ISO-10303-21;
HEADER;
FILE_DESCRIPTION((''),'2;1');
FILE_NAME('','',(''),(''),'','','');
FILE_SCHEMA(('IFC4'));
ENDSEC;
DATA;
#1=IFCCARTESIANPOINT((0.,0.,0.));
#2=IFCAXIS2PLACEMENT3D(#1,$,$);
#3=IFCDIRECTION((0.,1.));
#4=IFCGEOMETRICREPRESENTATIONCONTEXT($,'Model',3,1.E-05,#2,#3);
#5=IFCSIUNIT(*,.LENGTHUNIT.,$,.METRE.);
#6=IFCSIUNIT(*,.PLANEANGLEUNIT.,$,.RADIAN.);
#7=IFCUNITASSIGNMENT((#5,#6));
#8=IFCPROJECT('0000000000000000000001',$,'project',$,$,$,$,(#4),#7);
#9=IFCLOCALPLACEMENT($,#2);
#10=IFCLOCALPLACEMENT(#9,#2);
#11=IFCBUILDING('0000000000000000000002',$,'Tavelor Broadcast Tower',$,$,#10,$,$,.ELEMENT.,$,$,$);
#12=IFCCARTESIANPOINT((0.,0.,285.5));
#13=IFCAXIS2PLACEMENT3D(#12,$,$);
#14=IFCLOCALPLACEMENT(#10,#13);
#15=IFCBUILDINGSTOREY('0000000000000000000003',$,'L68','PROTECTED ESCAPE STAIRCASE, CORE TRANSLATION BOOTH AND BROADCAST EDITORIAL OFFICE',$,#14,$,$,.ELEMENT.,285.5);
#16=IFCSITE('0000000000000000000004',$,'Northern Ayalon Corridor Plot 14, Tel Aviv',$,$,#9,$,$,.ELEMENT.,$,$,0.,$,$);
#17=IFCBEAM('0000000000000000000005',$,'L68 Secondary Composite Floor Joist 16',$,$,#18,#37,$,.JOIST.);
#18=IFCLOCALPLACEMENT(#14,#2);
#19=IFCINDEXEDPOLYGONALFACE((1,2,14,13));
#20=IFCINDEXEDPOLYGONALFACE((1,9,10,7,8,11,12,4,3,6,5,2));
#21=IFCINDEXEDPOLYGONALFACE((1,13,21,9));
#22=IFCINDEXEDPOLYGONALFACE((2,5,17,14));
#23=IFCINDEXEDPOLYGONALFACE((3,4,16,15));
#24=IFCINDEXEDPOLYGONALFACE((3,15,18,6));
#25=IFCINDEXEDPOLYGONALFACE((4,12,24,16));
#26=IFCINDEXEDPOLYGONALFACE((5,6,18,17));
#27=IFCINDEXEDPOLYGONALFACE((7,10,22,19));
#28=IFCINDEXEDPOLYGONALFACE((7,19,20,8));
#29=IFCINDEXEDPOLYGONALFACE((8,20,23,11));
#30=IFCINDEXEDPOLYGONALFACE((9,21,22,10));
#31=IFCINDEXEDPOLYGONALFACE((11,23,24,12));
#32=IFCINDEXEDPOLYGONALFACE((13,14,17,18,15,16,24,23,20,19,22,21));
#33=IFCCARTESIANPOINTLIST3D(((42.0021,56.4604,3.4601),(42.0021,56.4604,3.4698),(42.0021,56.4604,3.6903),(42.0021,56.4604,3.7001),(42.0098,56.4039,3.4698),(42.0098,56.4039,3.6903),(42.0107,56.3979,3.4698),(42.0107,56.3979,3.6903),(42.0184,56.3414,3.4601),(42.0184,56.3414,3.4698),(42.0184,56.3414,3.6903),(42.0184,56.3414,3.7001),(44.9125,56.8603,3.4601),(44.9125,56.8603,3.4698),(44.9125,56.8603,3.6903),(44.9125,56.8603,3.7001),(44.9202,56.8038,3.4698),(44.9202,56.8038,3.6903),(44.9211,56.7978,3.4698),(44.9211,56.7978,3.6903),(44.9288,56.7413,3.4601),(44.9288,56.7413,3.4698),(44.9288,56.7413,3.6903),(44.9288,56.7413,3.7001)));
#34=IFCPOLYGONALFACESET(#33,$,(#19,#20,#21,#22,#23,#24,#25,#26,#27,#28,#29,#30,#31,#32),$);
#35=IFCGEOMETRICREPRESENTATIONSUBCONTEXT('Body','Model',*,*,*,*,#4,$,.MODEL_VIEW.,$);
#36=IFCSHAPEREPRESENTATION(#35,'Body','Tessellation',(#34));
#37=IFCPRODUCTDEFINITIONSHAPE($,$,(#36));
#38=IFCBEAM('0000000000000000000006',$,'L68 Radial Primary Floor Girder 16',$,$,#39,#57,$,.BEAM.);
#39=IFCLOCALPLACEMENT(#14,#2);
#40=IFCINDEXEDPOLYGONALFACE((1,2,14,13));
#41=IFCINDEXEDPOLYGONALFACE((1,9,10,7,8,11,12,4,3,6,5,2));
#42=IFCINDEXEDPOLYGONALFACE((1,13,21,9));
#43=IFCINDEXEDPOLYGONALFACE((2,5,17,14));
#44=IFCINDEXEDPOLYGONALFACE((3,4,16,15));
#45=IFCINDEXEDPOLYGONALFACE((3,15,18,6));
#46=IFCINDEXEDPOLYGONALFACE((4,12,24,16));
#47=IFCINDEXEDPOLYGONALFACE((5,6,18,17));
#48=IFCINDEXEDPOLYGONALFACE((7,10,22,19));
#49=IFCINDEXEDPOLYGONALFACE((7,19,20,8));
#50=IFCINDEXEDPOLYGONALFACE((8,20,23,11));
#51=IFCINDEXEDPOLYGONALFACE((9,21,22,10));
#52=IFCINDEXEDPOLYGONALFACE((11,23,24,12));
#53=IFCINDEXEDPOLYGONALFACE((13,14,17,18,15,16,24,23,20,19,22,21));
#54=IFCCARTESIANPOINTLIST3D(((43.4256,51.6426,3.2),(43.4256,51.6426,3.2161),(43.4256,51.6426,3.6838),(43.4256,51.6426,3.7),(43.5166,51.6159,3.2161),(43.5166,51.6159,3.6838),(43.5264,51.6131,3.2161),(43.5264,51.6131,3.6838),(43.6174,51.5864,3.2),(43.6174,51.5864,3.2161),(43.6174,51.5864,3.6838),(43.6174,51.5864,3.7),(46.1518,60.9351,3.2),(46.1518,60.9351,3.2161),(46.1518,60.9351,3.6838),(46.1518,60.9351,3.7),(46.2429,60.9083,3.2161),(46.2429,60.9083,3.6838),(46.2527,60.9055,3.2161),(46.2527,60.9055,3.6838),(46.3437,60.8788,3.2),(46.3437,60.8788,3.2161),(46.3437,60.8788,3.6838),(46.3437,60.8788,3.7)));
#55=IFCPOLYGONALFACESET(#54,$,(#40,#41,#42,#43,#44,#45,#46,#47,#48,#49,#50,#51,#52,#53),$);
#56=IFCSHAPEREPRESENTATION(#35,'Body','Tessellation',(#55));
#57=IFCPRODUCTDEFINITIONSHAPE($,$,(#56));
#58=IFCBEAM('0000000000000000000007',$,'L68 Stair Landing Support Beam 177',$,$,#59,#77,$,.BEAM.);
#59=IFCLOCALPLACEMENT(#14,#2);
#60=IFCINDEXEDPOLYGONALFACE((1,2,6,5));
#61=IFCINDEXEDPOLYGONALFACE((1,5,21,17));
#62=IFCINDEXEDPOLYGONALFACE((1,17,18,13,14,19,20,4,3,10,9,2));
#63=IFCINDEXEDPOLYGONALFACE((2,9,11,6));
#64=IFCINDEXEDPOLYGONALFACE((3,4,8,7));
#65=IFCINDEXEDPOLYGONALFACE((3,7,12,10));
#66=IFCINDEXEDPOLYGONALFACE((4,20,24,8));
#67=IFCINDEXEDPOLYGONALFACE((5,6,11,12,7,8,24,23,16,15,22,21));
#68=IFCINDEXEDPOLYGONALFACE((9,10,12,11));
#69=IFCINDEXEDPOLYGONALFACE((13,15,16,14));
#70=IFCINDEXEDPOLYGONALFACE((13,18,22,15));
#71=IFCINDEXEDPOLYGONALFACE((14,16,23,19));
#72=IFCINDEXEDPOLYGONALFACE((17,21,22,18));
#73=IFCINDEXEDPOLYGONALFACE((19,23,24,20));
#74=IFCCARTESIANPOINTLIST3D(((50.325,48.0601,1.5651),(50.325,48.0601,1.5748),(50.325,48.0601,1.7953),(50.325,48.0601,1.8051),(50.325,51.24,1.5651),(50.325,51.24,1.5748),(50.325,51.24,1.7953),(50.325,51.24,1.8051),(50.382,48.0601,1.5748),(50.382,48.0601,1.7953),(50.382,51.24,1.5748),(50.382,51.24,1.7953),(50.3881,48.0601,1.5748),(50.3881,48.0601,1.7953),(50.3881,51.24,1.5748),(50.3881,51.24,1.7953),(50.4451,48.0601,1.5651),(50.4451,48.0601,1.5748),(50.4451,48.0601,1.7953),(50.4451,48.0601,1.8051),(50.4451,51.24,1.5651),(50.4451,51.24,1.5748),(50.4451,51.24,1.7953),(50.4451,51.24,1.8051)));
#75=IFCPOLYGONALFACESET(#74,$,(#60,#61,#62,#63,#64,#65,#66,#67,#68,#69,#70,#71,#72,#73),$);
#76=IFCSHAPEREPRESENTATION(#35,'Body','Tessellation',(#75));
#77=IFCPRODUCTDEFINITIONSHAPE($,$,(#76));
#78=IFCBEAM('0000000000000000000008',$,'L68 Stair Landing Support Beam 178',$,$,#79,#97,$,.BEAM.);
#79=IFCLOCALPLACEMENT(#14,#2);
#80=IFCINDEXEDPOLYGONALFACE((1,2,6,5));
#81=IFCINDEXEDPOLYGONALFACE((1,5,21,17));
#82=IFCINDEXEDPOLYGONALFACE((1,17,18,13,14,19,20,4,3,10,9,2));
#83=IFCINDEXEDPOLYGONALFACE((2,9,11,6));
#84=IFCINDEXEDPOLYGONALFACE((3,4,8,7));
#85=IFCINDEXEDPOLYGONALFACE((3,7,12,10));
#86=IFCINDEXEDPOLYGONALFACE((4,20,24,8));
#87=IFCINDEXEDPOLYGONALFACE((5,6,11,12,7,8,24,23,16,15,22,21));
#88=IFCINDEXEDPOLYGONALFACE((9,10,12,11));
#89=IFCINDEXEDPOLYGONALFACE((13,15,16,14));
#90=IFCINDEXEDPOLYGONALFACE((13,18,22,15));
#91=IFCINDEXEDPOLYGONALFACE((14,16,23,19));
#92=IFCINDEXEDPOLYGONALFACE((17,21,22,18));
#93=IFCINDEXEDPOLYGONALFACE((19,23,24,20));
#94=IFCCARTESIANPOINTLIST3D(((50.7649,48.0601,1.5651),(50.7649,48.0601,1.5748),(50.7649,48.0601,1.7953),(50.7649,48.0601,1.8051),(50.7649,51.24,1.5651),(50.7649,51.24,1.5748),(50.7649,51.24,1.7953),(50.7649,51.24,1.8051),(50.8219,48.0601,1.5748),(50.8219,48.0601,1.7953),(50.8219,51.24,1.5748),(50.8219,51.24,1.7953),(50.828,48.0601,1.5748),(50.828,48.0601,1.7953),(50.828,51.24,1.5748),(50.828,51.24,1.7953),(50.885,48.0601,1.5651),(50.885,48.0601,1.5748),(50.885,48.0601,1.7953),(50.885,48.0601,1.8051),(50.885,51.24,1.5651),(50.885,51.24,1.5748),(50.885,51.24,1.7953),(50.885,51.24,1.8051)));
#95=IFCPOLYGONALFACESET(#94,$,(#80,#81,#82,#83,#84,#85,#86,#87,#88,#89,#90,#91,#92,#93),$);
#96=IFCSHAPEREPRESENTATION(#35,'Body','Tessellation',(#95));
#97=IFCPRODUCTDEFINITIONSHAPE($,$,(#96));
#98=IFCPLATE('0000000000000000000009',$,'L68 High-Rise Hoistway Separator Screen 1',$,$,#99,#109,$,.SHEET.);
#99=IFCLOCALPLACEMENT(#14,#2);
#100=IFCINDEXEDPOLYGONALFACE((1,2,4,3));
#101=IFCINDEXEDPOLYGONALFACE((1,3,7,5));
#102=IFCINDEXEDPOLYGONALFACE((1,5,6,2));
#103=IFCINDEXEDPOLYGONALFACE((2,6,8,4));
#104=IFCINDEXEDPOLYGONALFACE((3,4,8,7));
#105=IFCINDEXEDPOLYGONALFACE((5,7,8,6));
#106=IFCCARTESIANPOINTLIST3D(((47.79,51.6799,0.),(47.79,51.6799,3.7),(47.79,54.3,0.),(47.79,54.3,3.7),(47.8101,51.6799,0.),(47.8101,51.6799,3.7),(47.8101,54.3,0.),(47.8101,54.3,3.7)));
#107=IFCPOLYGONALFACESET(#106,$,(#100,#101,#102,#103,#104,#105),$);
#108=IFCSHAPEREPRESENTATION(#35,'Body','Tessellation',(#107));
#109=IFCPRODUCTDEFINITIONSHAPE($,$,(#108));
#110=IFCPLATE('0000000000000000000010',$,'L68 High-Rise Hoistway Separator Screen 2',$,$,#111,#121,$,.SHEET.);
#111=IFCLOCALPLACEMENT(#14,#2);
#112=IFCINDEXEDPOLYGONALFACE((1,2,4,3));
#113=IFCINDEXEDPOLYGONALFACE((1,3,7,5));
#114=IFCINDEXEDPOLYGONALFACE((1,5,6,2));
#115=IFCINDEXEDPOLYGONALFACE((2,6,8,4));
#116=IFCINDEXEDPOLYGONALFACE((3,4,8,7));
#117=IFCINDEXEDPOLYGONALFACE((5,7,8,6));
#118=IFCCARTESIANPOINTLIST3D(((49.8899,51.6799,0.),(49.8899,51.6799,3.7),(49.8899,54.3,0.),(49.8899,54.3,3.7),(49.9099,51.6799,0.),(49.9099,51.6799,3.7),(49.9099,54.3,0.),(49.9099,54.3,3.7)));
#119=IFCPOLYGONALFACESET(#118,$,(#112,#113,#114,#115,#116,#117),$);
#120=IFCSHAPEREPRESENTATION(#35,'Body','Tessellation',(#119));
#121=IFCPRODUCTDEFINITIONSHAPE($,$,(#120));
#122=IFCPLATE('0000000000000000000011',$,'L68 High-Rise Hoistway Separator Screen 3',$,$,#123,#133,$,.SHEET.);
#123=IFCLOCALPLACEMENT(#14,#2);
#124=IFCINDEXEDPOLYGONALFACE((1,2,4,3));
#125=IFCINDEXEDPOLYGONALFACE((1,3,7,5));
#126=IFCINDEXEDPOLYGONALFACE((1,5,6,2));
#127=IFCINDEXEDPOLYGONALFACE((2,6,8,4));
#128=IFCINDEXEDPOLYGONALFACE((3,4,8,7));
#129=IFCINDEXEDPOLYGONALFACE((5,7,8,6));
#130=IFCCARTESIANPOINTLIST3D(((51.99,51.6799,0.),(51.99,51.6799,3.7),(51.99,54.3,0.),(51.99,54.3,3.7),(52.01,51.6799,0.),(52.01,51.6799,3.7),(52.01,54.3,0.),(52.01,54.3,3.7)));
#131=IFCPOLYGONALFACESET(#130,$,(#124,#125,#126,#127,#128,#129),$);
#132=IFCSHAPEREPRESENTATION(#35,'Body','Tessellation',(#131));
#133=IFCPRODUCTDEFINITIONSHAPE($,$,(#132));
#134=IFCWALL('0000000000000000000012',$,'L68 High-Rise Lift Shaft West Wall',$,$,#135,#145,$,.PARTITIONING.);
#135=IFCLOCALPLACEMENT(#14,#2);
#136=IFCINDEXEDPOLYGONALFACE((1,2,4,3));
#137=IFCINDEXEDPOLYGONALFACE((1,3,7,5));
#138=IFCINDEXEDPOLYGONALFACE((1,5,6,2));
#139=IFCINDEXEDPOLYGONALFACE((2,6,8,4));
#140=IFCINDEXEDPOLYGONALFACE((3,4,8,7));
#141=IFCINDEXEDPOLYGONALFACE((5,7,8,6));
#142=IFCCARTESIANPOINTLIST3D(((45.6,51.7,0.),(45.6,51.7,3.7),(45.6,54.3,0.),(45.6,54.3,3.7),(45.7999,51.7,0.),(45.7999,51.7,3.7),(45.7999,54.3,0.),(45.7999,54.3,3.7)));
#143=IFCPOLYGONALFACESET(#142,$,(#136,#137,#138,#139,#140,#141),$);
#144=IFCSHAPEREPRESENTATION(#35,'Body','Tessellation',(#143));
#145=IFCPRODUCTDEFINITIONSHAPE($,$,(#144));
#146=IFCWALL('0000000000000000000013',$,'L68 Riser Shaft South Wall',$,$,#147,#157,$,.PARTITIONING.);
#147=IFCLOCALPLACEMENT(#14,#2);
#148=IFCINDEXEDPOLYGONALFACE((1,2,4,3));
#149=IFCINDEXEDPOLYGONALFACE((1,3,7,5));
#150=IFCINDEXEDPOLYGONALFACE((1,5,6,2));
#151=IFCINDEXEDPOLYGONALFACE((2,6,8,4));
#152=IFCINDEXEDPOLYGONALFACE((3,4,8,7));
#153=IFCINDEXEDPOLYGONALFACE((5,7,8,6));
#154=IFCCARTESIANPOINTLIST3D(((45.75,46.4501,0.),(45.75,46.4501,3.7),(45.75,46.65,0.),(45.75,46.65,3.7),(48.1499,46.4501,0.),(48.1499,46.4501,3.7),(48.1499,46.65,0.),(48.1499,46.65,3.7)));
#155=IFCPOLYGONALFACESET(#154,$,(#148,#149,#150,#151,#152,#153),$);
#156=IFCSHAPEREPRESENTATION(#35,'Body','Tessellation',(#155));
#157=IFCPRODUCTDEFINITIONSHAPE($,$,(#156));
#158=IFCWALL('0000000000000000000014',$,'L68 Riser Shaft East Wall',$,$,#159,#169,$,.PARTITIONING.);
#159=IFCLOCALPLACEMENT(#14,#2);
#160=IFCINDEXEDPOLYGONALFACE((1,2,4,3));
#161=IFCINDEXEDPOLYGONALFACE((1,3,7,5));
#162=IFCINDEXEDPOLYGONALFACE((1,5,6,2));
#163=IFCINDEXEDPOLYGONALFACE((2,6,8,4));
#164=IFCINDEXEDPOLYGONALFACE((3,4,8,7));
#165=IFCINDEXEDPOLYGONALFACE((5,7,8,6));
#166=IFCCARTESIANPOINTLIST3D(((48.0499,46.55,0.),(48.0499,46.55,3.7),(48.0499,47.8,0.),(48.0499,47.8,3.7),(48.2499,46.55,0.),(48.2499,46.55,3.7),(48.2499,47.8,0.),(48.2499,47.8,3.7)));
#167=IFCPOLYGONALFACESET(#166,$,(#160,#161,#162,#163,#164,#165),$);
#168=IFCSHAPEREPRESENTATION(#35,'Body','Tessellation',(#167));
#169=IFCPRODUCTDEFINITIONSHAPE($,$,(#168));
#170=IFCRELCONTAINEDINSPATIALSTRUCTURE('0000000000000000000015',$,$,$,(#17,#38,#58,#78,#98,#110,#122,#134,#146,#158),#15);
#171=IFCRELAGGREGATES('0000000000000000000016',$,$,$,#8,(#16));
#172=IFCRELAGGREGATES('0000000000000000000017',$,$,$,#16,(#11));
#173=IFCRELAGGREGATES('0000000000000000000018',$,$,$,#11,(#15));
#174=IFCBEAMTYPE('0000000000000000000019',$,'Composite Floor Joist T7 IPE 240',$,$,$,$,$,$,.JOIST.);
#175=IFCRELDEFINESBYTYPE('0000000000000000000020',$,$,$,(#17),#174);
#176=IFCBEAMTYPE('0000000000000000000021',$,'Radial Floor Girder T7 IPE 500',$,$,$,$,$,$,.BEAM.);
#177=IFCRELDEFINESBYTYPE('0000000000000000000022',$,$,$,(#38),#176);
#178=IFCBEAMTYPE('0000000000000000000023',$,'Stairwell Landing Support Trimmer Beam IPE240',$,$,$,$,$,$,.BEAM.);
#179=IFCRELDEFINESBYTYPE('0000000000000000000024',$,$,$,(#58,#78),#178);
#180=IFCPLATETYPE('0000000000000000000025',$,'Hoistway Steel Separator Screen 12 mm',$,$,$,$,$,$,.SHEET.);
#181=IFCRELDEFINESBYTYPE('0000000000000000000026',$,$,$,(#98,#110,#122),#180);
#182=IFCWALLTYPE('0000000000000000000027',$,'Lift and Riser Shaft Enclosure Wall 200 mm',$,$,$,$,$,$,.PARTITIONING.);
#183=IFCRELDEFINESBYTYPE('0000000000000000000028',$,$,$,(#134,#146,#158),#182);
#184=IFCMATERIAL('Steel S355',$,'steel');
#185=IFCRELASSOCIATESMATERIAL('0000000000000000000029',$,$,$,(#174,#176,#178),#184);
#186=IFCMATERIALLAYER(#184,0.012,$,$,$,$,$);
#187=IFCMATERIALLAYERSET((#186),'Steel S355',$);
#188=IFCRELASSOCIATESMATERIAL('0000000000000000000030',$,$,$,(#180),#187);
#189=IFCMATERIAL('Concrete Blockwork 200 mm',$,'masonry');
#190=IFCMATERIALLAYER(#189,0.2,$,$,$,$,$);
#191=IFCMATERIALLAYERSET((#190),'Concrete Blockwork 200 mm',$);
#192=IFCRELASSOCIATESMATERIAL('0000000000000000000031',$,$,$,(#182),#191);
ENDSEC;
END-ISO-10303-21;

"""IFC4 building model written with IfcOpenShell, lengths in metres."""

from ifc_helpers import new_model, si_unit, direction, frame, frame_2d, origin, origin_2d, place, context, subcontext, project, spatial, rectangle, i_section, extrude, source, transform, mapped, material, layer, layer_set, material_profile, profile_set, type_object, type_shapes, element, save


model = new_model("IFC4")

# Units and contexts
model_context = context("Model", 3, precision=1e-05, world=origin(), true_north=direction((0.0, 1.0)))
body_context = subcontext(model_context, "Body", "Model", "MODEL_VIEW")
ifc_project = project(units=[si_unit("LENGTHUNIT", "METRE"), si_unit("PLANEANGLEUNIT", "RADIAN")], contexts=[model_context])

# Site, building, storey
site_placement = place(None, origin())
site = spatial("IfcSite", under=ifc_project, at=site_placement, Name="Northern Ayalon Corridor Plot 14, Tel Aviv", CompositionType="ELEMENT", RefElevation=0.0)
building_placement = place(site_placement, origin())
building = spatial("IfcBuilding", under=site, at=building_placement, Name="Tavelor Broadcast Tower", CompositionType="ELEMENT")
storey_placement = place(building_placement, frame((0.0, 0.0, 285.5)))
storey = spatial("IfcBuildingStorey", under=building, at=storey_placement, Name="L68", Description="PROTECTED ESCAPE STAIRCASE, CORE TRANSLATION BOOTH AND BROADCAST EDITORIAL OFFICE", CompositionType="ELEMENT", Elevation=285.5)

# Beams
ifc_material_1 = material(Name="Steel S355", Category="steel")
ifc_material_profile_1 = material_profile(ifc_material_1, i_section(OverallWidth=0.1201, OverallDepth=0.24, WebThickness=0.0061, FlangeThickness=0.0098, at=origin_2d()), Name="IPE 240")
ifc_profile_set_1 = profile_set([ifc_material_profile_1], Name="Steel S355")
beam_type_1 = type_object("IfcBeamType", Name="Composite Floor Joist T7 IPE 240", PredefinedType="JOIST", material=ifc_profile_set_1)
beam_1_placement = place(storey_placement, frame((44.9207, 56.8008, 3.5801), z_axis=(-0.990692, -0.136126, 0.0), x_axis=(0.136126, -0.990692, 0.0)))
element("IfcBeam", 1, at=beam_1_placement, inside=storey, type_object=beam_type_1, Name="L68 Secondary Composite Floor Joist 16", PredefinedType="JOIST", context=body_context, shape_type="SweptSolid", body=[
    extrude(i_section(OverallWidth=0.1201, OverallDepth=0.24, WebThickness=0.0061, FlangeThickness=0.0098, at=origin_2d()), origin(), (0.0, 0.0, 1.0), 2.9377),
])
ifc_material_profile_2 = material_profile(ifc_material_1, i_section(OverallWidth=0.2, OverallDepth=0.5, WebThickness=0.0103, FlangeThickness=0.0161, at=origin_2d()), Name="IPE 500")
ifc_profile_set_2 = profile_set([ifc_material_profile_2], Name="Steel S355")
beam_type_2 = type_object("IfcBeamType", Name="Radial Floor Girder T7 IPE 500", PredefinedType="BEAM", material=ifc_profile_set_2)
beam_2_placement = place(storey_placement, frame((43.5215, 51.6145, 3.45), z_axis=(0.281523, 0.959554, 0.0), x_axis=(-0.959554, 0.281523, 0.0)))
element("IfcBeam", 2, at=beam_2_placement, inside=storey, type_object=beam_type_2, Name="L68 Radial Primary Floor Girder 16", PredefinedType="BEAM", context=body_context, shape_type="SweptSolid", body=[
    extrude(i_section(OverallWidth=0.2, OverallDepth=0.5, WebThickness=0.0103, FlangeThickness=0.0161, at=origin_2d()), origin(), (0.0, 0.0, 1.0), 9.6841),
])
ifc_material_profile_3 = material_profile(ifc_material_1, i_section(OverallWidth=0.1201, OverallDepth=0.24, WebThickness=0.0061, FlangeThickness=0.0098, at=origin_2d()), Name="IPE 240")
ifc_profile_set_3 = profile_set([ifc_material_profile_3], Name="Steel S355")
beam_type_3 = type_object("IfcBeamType", Name="Stairwell Landing Support Trimmer Beam IPE240", PredefinedType="BEAM", material=ifc_profile_set_3)
for number, where, z_axis, x_axis, name in (
    (3, (50.385, 48.0601, 1.6851), (0.0, 1.0, 0.0), (-1.0, 0.0, 0.0), "L68 Stair Landing Support Beam 177"),
    (4, (50.825, 48.0601, 1.6851), (0.0, 1.0, 0.0), (-1.0, 0.0, 0.0), "L68 Stair Landing Support Beam 178"),
):
    element("IfcBeam", number, at=place(storey_placement, frame(where, z_axis=z_axis, x_axis=x_axis)), inside=storey, type_object=beam_type_3, Name=name, PredefinedType="BEAM", context=body_context, shape_type="SweptSolid", body=[
        extrude(i_section(OverallWidth=0.1201, OverallDepth=0.24, WebThickness=0.0061, FlangeThickness=0.0098, at=origin_2d()), origin(), (0.0, 0.0, 1.0), 3.1799),
    ])

# Plates
ifc_layer_1 = layer(ifc_material_1, 0.012)
ifc_layer_set_1 = layer_set([ifc_layer_1], Name="Steel S355")
plate_type = type_object("IfcPlateType", Name="Hoistway Steel Separator Screen 12 mm", PredefinedType="SHEET", material=ifc_layer_set_1)
shared_shape = source(origin(), body_context, "Body", "SweptSolid", [
    extrude(rectangle(XDim=0.02, YDim=2.6201, at=origin_2d()), origin(), (0.0, 0.0, 1.0), 3.7),
])
type_shapes(plate_type, [shared_shape])
for number, where, z_axis, x_axis, name in (
    (5, (47.8, 52.99, 0.0), (0.0, 0.0, 1.0), (1.0, 0.0, 0.0), "L68 High-Rise Hoistway Separator Screen 1"),
    (6, (49.8999, 52.99, 0.0), (0.0, 0.0, 1.0), (1.0, 0.0, 0.0), "L68 High-Rise Hoistway Separator Screen 2"),
    (7, (52.0, 52.99, 0.0), (0.0, 0.0, 1.0), (1.0, 0.0, 0.0), "L68 High-Rise Hoistway Separator Screen 3"),
):
    element("IfcPlate", number, at=place(storey_placement, frame(where, z_axis=z_axis, x_axis=x_axis)), inside=storey, type_object=plate_type, Name=name, PredefinedType="SHEET", context=body_context, shape_type="MappedRepresentation", body=[
        mapped(shared_shape, transform((0.0, 0.0, 0.0), scale=1.0)),
    ])

# Shared definitions
ifc_material_2 = material(Name="Concrete Blockwork 200 mm", Category="masonry")

# Walls
ifc_layer_2 = layer(ifc_material_2, 0.2)
ifc_layer_set_2 = layer_set([ifc_layer_2], Name="Concrete Blockwork 200 mm")
wall_type_1 = type_object("IfcWallType", Name="Lift and Riser Shaft Enclosure Wall 200 mm", PredefinedType="PARTITIONING", material=ifc_layer_set_2)
wall_1_placement = place(storey_placement, frame((45.7, 51.7, 0.0), z_axis=(0.0, 0.0, 1.0), x_axis=(0.0, 1.0, 0.0)))
element("IfcWall", 8, at=wall_1_placement, inside=storey, type_object=wall_type_1, Name="L68 High-Rise Lift Shaft West Wall", PredefinedType="PARTITIONING", context=body_context, shape_type="SweptSolid", body=[
    extrude(rectangle(XDim=2.6001, YDim=0.2, at=frame_2d((1.3, 0.0))), origin(), (0.0, 0.0, 1.0), 3.7),
])
wall_2_placement = place(storey_placement, frame((45.75, 46.55, 0.0), z_axis=(0.0, 0.0, 1.0), x_axis=(1.0, 0.0, 0.0)))
element("IfcWall", 9, at=wall_2_placement, inside=storey, type_object=wall_type_1, Name="L68 Riser Shaft South Wall", PredefinedType="PARTITIONING", context=body_context, shape_type="SweptSolid", body=[
    extrude(rectangle(XDim=2.3999, YDim=0.2, at=frame_2d((1.2, 0.0))), origin(), (0.0, 0.0, 1.0), 3.7),
])
wall_3_placement = place(storey_placement, frame((48.1499, 46.55, 0.0), z_axis=(0.0, 0.0, 1.0), x_axis=(0.0, 1.0, 0.0)))
element("IfcWall", 10, at=wall_3_placement, inside=storey, type_object=wall_type_1, Name="L68 Riser Shaft East Wall", PredefinedType="PARTITIONING", context=body_context, shape_type="SweptSolid", body=[
    extrude(rectangle(XDim=1.25, YDim=0.2, at=frame_2d((0.625, 0.0))), origin(), (0.0, 0.0, 1.0), 3.7),
])

save(model, "model.ifc")
